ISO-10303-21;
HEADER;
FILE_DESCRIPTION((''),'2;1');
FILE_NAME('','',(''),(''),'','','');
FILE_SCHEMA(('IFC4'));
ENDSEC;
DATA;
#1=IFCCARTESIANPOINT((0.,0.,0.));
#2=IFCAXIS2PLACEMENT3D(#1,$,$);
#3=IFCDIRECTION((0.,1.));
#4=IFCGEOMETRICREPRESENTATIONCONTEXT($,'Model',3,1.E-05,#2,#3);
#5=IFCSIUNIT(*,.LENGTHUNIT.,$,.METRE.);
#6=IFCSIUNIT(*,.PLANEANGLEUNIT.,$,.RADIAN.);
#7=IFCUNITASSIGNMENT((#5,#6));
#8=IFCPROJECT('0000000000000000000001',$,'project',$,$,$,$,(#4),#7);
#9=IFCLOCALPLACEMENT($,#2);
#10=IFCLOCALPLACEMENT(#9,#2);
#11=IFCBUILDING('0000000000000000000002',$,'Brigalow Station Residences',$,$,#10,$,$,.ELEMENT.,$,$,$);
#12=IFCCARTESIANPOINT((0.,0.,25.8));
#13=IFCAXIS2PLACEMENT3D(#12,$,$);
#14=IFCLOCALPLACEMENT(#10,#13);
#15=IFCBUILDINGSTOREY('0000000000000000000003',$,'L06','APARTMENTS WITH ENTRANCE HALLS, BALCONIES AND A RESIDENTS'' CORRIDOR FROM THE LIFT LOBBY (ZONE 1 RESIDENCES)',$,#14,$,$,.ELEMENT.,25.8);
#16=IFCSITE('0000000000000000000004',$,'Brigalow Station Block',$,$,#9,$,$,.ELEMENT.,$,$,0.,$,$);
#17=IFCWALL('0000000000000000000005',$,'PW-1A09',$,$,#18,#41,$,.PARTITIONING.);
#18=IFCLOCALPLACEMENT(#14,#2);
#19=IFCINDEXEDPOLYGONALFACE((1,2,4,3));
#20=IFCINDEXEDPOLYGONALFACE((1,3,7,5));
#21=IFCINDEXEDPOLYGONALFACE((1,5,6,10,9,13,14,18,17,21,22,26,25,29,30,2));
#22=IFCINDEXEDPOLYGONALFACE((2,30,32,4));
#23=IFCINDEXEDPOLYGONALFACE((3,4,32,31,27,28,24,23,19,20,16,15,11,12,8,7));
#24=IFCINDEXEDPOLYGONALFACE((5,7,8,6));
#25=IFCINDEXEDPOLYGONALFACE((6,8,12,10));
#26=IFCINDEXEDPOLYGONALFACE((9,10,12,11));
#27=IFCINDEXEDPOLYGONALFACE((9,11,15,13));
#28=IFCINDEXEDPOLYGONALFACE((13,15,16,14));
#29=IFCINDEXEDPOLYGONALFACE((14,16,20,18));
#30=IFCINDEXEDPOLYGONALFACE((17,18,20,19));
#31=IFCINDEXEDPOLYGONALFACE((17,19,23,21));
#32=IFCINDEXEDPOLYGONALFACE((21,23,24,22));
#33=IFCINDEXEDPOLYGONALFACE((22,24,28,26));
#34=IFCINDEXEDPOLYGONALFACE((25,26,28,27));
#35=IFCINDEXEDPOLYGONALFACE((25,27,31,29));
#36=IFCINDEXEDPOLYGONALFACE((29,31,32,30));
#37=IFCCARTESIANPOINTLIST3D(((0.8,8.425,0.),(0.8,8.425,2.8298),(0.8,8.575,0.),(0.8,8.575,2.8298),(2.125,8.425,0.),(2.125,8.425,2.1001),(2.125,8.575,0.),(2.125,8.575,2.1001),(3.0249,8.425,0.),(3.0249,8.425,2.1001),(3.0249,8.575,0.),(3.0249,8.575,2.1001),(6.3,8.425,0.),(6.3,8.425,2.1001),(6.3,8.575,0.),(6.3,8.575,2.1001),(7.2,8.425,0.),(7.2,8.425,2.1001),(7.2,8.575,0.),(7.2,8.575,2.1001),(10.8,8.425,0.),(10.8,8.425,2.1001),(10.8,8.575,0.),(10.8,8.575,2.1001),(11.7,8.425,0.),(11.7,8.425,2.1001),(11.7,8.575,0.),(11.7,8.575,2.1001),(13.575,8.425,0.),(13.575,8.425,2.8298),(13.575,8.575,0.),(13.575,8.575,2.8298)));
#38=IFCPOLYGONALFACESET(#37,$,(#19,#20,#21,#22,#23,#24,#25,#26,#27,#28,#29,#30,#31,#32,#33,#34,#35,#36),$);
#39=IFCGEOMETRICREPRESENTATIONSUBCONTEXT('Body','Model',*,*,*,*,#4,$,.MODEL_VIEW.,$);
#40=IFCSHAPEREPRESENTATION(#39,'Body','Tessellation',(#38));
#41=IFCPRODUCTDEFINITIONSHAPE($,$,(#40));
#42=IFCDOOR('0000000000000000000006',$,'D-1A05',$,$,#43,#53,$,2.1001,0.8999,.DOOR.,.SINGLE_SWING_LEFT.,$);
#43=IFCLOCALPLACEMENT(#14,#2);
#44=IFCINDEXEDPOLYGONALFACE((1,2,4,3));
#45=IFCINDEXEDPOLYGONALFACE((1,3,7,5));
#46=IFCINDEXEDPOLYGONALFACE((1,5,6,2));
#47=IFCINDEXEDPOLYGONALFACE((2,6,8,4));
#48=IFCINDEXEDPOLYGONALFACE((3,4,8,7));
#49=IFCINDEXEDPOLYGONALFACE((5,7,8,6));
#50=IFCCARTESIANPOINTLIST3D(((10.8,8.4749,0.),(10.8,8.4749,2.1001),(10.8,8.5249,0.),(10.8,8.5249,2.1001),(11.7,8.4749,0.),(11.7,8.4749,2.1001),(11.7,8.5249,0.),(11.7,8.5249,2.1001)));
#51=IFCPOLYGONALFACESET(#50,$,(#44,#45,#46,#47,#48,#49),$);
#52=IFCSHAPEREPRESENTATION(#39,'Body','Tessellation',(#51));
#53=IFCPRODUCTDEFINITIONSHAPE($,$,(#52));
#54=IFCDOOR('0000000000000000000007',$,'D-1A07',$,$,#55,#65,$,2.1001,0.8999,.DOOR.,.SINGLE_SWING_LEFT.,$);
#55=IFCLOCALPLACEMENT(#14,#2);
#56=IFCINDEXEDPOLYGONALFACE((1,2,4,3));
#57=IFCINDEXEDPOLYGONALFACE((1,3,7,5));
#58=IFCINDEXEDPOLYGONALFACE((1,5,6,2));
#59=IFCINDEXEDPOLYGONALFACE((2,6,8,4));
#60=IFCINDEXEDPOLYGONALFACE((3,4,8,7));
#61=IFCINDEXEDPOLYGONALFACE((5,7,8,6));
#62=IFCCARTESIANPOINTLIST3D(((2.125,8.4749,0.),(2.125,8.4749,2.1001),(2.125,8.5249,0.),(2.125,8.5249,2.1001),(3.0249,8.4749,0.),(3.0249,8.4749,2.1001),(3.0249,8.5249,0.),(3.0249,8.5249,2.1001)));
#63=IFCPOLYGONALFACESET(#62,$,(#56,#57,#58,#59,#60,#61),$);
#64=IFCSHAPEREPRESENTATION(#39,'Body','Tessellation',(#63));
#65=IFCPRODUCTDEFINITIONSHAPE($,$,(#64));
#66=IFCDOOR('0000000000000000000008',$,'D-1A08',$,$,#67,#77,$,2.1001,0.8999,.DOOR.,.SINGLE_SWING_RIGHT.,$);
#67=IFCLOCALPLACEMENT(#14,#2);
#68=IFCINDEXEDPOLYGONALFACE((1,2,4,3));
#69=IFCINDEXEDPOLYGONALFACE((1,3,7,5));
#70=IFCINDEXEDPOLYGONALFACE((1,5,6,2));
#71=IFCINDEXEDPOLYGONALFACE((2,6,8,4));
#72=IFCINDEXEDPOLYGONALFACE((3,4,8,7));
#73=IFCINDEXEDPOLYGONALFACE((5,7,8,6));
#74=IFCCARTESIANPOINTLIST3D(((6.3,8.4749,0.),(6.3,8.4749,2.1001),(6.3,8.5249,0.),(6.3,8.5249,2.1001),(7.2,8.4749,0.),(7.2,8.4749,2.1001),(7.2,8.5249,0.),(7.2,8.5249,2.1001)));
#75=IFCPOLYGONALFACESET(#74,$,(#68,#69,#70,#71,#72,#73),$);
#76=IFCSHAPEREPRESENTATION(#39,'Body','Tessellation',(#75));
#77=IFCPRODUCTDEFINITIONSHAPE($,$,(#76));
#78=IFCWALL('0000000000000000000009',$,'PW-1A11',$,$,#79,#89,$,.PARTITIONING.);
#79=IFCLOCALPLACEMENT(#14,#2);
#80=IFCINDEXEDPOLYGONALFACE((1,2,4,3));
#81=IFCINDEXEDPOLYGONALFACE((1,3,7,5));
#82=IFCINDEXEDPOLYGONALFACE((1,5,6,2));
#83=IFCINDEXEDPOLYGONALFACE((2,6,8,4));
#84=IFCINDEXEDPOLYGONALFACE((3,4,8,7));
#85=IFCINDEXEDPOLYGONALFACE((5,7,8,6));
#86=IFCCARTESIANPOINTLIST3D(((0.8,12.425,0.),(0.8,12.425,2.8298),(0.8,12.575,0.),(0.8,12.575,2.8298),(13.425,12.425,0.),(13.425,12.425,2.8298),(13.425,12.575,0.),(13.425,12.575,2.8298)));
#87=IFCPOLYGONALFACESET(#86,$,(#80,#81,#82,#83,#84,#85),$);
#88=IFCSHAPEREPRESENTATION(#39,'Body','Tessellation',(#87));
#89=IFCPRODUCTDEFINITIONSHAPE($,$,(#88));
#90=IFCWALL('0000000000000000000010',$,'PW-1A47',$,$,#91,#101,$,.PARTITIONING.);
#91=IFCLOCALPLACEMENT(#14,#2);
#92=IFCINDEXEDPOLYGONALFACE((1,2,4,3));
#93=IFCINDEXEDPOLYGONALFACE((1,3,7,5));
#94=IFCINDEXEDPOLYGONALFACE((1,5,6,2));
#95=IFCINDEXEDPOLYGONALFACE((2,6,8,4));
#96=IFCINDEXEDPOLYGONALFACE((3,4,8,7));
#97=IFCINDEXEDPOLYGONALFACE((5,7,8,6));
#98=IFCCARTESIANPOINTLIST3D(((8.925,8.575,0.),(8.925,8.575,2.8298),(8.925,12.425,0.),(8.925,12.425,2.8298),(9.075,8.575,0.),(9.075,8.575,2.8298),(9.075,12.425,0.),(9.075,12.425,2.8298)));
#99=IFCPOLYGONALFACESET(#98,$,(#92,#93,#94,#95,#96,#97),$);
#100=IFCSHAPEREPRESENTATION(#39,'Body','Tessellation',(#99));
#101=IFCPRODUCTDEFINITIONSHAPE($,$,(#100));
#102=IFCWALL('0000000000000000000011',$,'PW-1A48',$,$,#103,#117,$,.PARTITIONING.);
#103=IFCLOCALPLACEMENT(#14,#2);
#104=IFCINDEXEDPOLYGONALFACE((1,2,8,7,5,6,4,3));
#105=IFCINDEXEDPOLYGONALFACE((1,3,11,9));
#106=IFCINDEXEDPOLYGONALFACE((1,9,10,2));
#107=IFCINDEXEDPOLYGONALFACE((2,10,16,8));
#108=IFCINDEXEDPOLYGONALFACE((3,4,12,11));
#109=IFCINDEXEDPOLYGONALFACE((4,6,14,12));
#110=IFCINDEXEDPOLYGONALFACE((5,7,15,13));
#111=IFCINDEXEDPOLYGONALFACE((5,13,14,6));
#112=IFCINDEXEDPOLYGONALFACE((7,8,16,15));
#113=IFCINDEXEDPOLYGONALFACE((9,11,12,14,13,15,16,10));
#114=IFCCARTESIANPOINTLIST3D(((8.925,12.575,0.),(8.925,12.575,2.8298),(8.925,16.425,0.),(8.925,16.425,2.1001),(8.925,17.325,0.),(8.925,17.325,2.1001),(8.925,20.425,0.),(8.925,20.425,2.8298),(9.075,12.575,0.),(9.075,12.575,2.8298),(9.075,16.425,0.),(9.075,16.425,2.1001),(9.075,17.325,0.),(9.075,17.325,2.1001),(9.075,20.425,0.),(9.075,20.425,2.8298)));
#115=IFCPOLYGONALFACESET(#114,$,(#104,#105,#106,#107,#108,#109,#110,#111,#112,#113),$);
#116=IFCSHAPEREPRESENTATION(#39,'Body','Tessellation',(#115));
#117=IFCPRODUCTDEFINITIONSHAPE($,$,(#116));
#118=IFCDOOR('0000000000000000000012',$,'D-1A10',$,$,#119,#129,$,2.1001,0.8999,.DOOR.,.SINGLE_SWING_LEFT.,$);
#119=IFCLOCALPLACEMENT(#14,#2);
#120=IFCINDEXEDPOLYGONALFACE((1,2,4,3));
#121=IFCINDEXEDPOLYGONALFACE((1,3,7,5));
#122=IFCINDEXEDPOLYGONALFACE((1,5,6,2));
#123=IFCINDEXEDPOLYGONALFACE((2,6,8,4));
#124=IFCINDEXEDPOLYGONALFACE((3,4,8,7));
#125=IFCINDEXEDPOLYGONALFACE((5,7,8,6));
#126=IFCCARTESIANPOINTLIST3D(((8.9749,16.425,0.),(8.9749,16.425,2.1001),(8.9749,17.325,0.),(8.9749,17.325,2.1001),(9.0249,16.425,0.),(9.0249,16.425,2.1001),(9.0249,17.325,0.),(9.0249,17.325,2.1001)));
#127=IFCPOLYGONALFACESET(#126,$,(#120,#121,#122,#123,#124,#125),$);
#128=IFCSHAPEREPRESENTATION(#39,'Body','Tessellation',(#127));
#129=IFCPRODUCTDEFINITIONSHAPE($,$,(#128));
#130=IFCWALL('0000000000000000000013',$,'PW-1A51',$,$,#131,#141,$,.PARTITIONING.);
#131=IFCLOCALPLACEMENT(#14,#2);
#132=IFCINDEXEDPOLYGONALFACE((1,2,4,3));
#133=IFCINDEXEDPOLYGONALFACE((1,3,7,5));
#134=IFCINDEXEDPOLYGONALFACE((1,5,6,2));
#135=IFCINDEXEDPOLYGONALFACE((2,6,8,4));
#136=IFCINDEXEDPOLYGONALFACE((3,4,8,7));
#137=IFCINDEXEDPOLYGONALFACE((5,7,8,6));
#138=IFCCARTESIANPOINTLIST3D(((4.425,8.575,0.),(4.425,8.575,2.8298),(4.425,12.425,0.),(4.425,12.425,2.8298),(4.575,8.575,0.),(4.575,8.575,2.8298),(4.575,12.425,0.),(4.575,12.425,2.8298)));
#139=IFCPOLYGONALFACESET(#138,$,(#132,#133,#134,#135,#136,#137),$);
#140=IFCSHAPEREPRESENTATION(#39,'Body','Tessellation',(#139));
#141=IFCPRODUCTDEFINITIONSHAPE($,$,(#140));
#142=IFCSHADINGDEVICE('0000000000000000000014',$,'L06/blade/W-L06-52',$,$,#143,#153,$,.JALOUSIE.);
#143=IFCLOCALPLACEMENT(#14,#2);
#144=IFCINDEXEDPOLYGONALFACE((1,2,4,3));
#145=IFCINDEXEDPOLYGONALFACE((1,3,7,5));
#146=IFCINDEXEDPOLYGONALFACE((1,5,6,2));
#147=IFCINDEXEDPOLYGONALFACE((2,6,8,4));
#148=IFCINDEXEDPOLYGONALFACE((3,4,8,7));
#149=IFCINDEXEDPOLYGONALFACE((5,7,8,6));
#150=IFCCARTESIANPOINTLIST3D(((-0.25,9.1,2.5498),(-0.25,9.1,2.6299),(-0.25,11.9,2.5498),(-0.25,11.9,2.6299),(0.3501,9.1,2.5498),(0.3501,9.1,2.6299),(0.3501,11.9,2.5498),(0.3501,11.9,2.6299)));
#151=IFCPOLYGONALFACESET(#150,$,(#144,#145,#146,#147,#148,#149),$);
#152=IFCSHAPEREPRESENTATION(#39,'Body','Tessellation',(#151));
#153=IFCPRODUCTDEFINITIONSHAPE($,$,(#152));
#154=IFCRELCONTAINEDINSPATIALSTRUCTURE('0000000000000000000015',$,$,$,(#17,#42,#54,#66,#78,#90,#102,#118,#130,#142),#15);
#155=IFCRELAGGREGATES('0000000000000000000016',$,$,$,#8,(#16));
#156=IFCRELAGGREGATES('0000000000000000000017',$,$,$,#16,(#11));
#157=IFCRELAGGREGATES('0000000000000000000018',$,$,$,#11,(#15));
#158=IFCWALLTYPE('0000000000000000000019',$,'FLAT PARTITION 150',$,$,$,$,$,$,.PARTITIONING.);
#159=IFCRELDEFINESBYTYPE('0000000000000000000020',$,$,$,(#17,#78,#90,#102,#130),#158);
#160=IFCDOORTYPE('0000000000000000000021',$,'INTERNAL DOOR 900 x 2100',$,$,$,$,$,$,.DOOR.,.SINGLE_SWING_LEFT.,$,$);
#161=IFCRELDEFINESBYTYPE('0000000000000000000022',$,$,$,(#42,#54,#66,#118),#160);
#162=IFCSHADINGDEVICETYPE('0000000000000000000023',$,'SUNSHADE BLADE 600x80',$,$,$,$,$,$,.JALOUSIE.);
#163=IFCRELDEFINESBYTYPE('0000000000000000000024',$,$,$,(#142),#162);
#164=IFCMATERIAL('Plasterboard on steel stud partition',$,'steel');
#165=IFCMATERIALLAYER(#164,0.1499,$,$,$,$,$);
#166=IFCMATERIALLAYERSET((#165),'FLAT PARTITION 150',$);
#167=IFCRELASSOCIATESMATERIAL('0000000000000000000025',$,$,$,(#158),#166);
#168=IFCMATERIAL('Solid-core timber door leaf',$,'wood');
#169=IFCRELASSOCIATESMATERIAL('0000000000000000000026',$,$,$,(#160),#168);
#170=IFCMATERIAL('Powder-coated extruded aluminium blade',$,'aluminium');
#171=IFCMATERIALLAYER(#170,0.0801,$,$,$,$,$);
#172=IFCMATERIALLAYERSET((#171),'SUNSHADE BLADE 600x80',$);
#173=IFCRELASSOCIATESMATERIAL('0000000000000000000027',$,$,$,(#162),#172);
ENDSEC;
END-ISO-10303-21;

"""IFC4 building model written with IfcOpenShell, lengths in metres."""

from ifc_helpers import new_model, si_unit, direction, frame, frame_2d, origin, origin_2d, place, context, subcontext, project, spatial, rectangle, extrude, material, layer, layer_set, type_object, element, fill, save


model = new_model("IFC4")

# Units and contexts
model_context = context("Model", 3, precision=1e-05, world=origin(), true_north=direction((0.0, 1.0)))
body_context = subcontext(model_context, "Body", "Model", "MODEL_VIEW")
ifc_project = project(units=[si_unit("LENGTHUNIT", "METRE"), si_unit("PLANEANGLEUNIT", "RADIAN")], contexts=[model_context])

# Site, building, storey
site_placement = place(None, origin())
site = spatial("IfcSite", under=ifc_project, at=site_placement, Name="Brigalow Station Block", CompositionType="ELEMENT", RefElevation=0.0)
building_placement = place(site_placement, origin())
building = spatial("IfcBuilding", under=site, at=building_placement, Name="Brigalow Station Residences", CompositionType="ELEMENT")
storey_placement = place(building_placement, frame((0.0, 0.0, 25.8)))
storey = spatial("IfcBuildingStorey", under=building, at=storey_placement, Name="L06", Description="APARTMENTS WITH ENTRANCE HALLS, BALCONIES AND A RESIDENTS' CORRIDOR FROM THE LIFT LOBBY (ZONE 1 RESIDENCES)", CompositionType="ELEMENT", Elevation=25.8)

# Wall, openings, doors
ifc_material_1 = material(Name="Plasterboard on steel stud partition", Category="steel")
ifc_layer_1 = layer(ifc_material_1, 0.1499)
ifc_layer_set_1 = layer_set([ifc_layer_1], Name="FLAT PARTITION 150")
wall_type_1 = type_object("IfcWallType", Name="FLAT PARTITION 150", PredefinedType="PARTITIONING", material=ifc_layer_set_1)
wall_1_placement = place(storey_placement, frame((0.8, 8.5, 0.0), z_axis=(0.0, 0.0, 1.0), x_axis=(1.0, 0.0, 0.0)))
wall_1 = element("IfcWall", 1, at=wall_1_placement, inside=storey, type_object=wall_type_1, Name="PW-1A09", PredefinedType="PARTITIONING", context=body_context, shape_type="SweptSolid", body=[
    extrude(rectangle(XDim=12.7749, YDim=0.1499, at=frame_2d((6.3875, 0.0))), origin(), (0.0, 0.0, 1.0), 2.8298),
])
opening_1_placement = place(wall_1_placement, frame((10.0, 0.0, 0.0)))
opening_1 = element("IfcOpeningElement", 2, at=opening_1_placement, cuts=wall_1, PredefinedType="OPENING", context=body_context, shape_type="SweptSolid", body=[
    extrude(rectangle(XDim=0.8999, YDim=2.1001, at=frame_2d((0.45, 1.05))), frame((0.0, 0.085, 0.0), z_axis=(0.0, -1.0, 0.0), x_axis=(1.0, 0.0, 0.0)), (0.0, 0.0, 1.0), 0.1699),
])
opening_2_placement = place(wall_1_placement, frame((1.325, 0.0, 0.0)))
opening_2 = element("IfcOpeningElement", 3, at=opening_2_placement, cuts=wall_1, PredefinedType="OPENING", context=body_context, shape_type="SweptSolid", body=[
    extrude(rectangle(XDim=0.8999, YDim=2.1001, at=frame_2d((0.45, 1.05))), frame((0.0, 0.085, 0.0), z_axis=(0.0, -1.0, 0.0), x_axis=(1.0, 0.0, 0.0)), (0.0, 0.0, 1.0), 0.1699),
])
opening_3_placement = place(wall_1_placement, frame((5.5, 0.0, 0.0)))
opening_3 = element("IfcOpeningElement", 4, at=opening_3_placement, cuts=wall_1, PredefinedType="OPENING", context=body_context, shape_type="SweptSolid", body=[
    extrude(rectangle(XDim=0.8999, YDim=2.1001, at=frame_2d((0.45, 1.05))), frame((0.0, 0.085, 0.0), z_axis=(0.0, -1.0, 0.0), x_axis=(1.0, 0.0, 0.0)), (0.0, 0.0, 1.0), 0.1699),
])
ifc_material_2 = material(Name="Solid-core timber door leaf", Category="wood")
door_type = type_object("IfcDoorType", Name="INTERNAL DOOR 900 x 2100", OperationType="SINGLE_SWING_LEFT", PredefinedType="DOOR", material=ifc_material_2)
door_1_placement = place(opening_1_placement, origin())
door_1 = element("IfcDoor", 5, at=door_1_placement, inside=storey, type_object=door_type, Name="D-1A05", OperationType="SINGLE_SWING_LEFT", OverallHeight=2.1001, OverallWidth=0.8999, PredefinedType="DOOR", context=body_context, shape_type="SweptSolid", body=[
    extrude(rectangle(XDim=0.8999, YDim=2.1001, at=frame_2d((0.45, 1.05))), frame((0.0, 0.0249, 0.0), z_axis=(0.0, -1.0, 0.0), x_axis=(1.0, 0.0, 0.0)), (0.0, 0.0, 1.0), 0.05),
])
fill(opening_1, door_1)
door_2_placement = place(opening_2_placement, origin())
door_2 = element("IfcDoor", 6, at=door_2_placement, inside=storey, type_object=door_type, Name="D-1A07", OperationType="SINGLE_SWING_LEFT", OverallHeight=2.1001, OverallWidth=0.8999, PredefinedType="DOOR", context=body_context, shape_type="SweptSolid", body=[
    extrude(rectangle(XDim=0.8999, YDim=2.1001, at=frame_2d((0.45, 1.05))), frame((0.0, 0.0249, 0.0), z_axis=(0.0, -1.0, 0.0), x_axis=(1.0, 0.0, 0.0)), (0.0, 0.0, 1.0), 0.05),
])
fill(opening_2, door_2)
door_3_placement = place(opening_3_placement, origin())
door_3 = element("IfcDoor", 7, at=door_3_placement, inside=storey, type_object=door_type, Name="D-1A08", OperationType="SINGLE_SWING_RIGHT", OverallHeight=2.1001, OverallWidth=0.8999, PredefinedType="DOOR", context=body_context, shape_type="SweptSolid", body=[
    extrude(rectangle(XDim=0.8999, YDim=2.1001, at=frame_2d((0.45, 1.05))), frame((0.0, 0.0249, 0.0), z_axis=(0.0, -1.0, 0.0), x_axis=(1.0, 0.0, 0.0)), (0.0, 0.0, 1.0), 0.05),
])
fill(opening_3, door_3)

# Walls
wall_2_placement = place(storey_placement, frame((0.8, 12.5, 0.0), z_axis=(0.0, 0.0, 1.0), x_axis=(1.0, 0.0, 0.0)))
element("IfcWall", 8, at=wall_2_placement, inside=storey, type_object=wall_type_1, Name="PW-1A11", PredefinedType="PARTITIONING", context=body_context, shape_type="SweptSolid", body=[
    extrude(rectangle(XDim=12.625, YDim=0.1499, at=frame_2d((6.3125, 0.0))), origin(), (0.0, 0.0, 1.0), 2.8298),
])
wall_3_placement = place(storey_placement, frame((9.0, 8.575, 0.0), z_axis=(0.0, 0.0, 1.0), x_axis=(0.0, 1.0, 0.0)))
element("IfcWall", 9, at=wall_3_placement, inside=storey, type_object=wall_type_1, Name="PW-1A47", PredefinedType="PARTITIONING", context=body_context, shape_type="SweptSolid", body=[
    extrude(rectangle(XDim=3.8501, YDim=0.1499, at=frame_2d((1.925, 0.0))), origin(), (0.0, 0.0, 1.0), 2.8298),
])

# Wall, opening, door
wall_4_placement = place(storey_placement, frame((9.0, 12.575, 0.0), z_axis=(0.0, 0.0, 1.0), x_axis=(0.0, 1.0, 0.0)))
wall_4 = element("IfcWall", 10, at=wall_4_placement, inside=storey, type_object=wall_type_1, Name="PW-1A48", PredefinedType="PARTITIONING", context=body_context, shape_type="SweptSolid", body=[
    extrude(rectangle(XDim=7.8501, YDim=0.1499, at=frame_2d((3.925, 0.0))), origin(), (0.0, 0.0, 1.0), 2.8298),
])
opening_4_placement = place(wall_4_placement, frame((3.8501, 0.0, 0.0)))
opening_4 = element("IfcOpeningElement", 11, at=opening_4_placement, cuts=wall_4, PredefinedType="OPENING", context=body_context, shape_type="SweptSolid", body=[
    extrude(rectangle(XDim=0.8999, YDim=2.1001, at=frame_2d((0.45, 1.05))), frame((0.0, 0.085, 0.0), z_axis=(0.0, -1.0, 0.0), x_axis=(1.0, 0.0, 0.0)), (0.0, 0.0, 1.0), 0.1699),
])
door_4_placement = place(opening_4_placement, frame((0.8999, 0.0, 0.0), z_axis=(0.0, 0.0, 1.0), x_axis=(-1.0, 0.0, 0.0)))
door_4 = element("IfcDoor", 12, at=door_4_placement, inside=storey, type_object=door_type, Name="D-1A10", OperationType="SINGLE_SWING_LEFT", OverallHeight=2.1001, OverallWidth=0.8999, PredefinedType="DOOR", context=body_context, shape_type="SweptSolid", body=[
    extrude(rectangle(XDim=0.8999, YDim=2.1001, at=frame_2d((0.45, 1.05))), frame((0.0, 0.0249, 0.0), z_axis=(0.0, -1.0, 0.0), x_axis=(1.0, 0.0, 0.0)), (0.0, 0.0, 1.0), 0.05),
])
fill(opening_4, door_4)

# Wall
wall_5_placement = place(storey_placement, frame((4.5, 8.575, 0.0), z_axis=(0.0, 0.0, 1.0), x_axis=(0.0, 1.0, 0.0)))
element("IfcWall", 13, at=wall_5_placement, inside=storey, type_object=wall_type_1, Name="PW-1A51", PredefinedType="PARTITIONING", context=body_context, shape_type="SweptSolid", body=[
    extrude(rectangle(XDim=3.8501, YDim=0.1499, at=frame_2d((1.925, 0.0))), origin(), (0.0, 0.0, 1.0), 2.8298),
])

# Shading device
ifc_material_3 = material(Name="Powder-coated extruded aluminium blade", Category="aluminium")
ifc_layer_2 = layer(ifc_material_3, 0.0801)
ifc_layer_set_2 = layer_set([ifc_layer_2], Name="SUNSHADE BLADE 600x80")
shading_device_type = type_object("IfcShadingDeviceType", Name="SUNSHADE BLADE 600x80", PredefinedType="JALOUSIE", material=ifc_layer_set_2)
shading_device_placement = place(storey_placement, frame((0.05, 10.5, 2.5498), z_axis=(0.0, 0.0, 1.0), x_axis=(0.0, -1.0, 0.0)))
element("IfcShadingDevice", 14, at=shading_device_placement, inside=storey, type_object=shading_device_type, Name="L06/blade/W-L06-52", PredefinedType="JALOUSIE", context=body_context, shape_type="SweptSolid", body=[
    extrude(rectangle(XDim=2.8, YDim=0.6001, at=origin_2d()), origin(), (0.0, 0.0, 1.0), 0.0801),
])

save(model, "model.ifc")
